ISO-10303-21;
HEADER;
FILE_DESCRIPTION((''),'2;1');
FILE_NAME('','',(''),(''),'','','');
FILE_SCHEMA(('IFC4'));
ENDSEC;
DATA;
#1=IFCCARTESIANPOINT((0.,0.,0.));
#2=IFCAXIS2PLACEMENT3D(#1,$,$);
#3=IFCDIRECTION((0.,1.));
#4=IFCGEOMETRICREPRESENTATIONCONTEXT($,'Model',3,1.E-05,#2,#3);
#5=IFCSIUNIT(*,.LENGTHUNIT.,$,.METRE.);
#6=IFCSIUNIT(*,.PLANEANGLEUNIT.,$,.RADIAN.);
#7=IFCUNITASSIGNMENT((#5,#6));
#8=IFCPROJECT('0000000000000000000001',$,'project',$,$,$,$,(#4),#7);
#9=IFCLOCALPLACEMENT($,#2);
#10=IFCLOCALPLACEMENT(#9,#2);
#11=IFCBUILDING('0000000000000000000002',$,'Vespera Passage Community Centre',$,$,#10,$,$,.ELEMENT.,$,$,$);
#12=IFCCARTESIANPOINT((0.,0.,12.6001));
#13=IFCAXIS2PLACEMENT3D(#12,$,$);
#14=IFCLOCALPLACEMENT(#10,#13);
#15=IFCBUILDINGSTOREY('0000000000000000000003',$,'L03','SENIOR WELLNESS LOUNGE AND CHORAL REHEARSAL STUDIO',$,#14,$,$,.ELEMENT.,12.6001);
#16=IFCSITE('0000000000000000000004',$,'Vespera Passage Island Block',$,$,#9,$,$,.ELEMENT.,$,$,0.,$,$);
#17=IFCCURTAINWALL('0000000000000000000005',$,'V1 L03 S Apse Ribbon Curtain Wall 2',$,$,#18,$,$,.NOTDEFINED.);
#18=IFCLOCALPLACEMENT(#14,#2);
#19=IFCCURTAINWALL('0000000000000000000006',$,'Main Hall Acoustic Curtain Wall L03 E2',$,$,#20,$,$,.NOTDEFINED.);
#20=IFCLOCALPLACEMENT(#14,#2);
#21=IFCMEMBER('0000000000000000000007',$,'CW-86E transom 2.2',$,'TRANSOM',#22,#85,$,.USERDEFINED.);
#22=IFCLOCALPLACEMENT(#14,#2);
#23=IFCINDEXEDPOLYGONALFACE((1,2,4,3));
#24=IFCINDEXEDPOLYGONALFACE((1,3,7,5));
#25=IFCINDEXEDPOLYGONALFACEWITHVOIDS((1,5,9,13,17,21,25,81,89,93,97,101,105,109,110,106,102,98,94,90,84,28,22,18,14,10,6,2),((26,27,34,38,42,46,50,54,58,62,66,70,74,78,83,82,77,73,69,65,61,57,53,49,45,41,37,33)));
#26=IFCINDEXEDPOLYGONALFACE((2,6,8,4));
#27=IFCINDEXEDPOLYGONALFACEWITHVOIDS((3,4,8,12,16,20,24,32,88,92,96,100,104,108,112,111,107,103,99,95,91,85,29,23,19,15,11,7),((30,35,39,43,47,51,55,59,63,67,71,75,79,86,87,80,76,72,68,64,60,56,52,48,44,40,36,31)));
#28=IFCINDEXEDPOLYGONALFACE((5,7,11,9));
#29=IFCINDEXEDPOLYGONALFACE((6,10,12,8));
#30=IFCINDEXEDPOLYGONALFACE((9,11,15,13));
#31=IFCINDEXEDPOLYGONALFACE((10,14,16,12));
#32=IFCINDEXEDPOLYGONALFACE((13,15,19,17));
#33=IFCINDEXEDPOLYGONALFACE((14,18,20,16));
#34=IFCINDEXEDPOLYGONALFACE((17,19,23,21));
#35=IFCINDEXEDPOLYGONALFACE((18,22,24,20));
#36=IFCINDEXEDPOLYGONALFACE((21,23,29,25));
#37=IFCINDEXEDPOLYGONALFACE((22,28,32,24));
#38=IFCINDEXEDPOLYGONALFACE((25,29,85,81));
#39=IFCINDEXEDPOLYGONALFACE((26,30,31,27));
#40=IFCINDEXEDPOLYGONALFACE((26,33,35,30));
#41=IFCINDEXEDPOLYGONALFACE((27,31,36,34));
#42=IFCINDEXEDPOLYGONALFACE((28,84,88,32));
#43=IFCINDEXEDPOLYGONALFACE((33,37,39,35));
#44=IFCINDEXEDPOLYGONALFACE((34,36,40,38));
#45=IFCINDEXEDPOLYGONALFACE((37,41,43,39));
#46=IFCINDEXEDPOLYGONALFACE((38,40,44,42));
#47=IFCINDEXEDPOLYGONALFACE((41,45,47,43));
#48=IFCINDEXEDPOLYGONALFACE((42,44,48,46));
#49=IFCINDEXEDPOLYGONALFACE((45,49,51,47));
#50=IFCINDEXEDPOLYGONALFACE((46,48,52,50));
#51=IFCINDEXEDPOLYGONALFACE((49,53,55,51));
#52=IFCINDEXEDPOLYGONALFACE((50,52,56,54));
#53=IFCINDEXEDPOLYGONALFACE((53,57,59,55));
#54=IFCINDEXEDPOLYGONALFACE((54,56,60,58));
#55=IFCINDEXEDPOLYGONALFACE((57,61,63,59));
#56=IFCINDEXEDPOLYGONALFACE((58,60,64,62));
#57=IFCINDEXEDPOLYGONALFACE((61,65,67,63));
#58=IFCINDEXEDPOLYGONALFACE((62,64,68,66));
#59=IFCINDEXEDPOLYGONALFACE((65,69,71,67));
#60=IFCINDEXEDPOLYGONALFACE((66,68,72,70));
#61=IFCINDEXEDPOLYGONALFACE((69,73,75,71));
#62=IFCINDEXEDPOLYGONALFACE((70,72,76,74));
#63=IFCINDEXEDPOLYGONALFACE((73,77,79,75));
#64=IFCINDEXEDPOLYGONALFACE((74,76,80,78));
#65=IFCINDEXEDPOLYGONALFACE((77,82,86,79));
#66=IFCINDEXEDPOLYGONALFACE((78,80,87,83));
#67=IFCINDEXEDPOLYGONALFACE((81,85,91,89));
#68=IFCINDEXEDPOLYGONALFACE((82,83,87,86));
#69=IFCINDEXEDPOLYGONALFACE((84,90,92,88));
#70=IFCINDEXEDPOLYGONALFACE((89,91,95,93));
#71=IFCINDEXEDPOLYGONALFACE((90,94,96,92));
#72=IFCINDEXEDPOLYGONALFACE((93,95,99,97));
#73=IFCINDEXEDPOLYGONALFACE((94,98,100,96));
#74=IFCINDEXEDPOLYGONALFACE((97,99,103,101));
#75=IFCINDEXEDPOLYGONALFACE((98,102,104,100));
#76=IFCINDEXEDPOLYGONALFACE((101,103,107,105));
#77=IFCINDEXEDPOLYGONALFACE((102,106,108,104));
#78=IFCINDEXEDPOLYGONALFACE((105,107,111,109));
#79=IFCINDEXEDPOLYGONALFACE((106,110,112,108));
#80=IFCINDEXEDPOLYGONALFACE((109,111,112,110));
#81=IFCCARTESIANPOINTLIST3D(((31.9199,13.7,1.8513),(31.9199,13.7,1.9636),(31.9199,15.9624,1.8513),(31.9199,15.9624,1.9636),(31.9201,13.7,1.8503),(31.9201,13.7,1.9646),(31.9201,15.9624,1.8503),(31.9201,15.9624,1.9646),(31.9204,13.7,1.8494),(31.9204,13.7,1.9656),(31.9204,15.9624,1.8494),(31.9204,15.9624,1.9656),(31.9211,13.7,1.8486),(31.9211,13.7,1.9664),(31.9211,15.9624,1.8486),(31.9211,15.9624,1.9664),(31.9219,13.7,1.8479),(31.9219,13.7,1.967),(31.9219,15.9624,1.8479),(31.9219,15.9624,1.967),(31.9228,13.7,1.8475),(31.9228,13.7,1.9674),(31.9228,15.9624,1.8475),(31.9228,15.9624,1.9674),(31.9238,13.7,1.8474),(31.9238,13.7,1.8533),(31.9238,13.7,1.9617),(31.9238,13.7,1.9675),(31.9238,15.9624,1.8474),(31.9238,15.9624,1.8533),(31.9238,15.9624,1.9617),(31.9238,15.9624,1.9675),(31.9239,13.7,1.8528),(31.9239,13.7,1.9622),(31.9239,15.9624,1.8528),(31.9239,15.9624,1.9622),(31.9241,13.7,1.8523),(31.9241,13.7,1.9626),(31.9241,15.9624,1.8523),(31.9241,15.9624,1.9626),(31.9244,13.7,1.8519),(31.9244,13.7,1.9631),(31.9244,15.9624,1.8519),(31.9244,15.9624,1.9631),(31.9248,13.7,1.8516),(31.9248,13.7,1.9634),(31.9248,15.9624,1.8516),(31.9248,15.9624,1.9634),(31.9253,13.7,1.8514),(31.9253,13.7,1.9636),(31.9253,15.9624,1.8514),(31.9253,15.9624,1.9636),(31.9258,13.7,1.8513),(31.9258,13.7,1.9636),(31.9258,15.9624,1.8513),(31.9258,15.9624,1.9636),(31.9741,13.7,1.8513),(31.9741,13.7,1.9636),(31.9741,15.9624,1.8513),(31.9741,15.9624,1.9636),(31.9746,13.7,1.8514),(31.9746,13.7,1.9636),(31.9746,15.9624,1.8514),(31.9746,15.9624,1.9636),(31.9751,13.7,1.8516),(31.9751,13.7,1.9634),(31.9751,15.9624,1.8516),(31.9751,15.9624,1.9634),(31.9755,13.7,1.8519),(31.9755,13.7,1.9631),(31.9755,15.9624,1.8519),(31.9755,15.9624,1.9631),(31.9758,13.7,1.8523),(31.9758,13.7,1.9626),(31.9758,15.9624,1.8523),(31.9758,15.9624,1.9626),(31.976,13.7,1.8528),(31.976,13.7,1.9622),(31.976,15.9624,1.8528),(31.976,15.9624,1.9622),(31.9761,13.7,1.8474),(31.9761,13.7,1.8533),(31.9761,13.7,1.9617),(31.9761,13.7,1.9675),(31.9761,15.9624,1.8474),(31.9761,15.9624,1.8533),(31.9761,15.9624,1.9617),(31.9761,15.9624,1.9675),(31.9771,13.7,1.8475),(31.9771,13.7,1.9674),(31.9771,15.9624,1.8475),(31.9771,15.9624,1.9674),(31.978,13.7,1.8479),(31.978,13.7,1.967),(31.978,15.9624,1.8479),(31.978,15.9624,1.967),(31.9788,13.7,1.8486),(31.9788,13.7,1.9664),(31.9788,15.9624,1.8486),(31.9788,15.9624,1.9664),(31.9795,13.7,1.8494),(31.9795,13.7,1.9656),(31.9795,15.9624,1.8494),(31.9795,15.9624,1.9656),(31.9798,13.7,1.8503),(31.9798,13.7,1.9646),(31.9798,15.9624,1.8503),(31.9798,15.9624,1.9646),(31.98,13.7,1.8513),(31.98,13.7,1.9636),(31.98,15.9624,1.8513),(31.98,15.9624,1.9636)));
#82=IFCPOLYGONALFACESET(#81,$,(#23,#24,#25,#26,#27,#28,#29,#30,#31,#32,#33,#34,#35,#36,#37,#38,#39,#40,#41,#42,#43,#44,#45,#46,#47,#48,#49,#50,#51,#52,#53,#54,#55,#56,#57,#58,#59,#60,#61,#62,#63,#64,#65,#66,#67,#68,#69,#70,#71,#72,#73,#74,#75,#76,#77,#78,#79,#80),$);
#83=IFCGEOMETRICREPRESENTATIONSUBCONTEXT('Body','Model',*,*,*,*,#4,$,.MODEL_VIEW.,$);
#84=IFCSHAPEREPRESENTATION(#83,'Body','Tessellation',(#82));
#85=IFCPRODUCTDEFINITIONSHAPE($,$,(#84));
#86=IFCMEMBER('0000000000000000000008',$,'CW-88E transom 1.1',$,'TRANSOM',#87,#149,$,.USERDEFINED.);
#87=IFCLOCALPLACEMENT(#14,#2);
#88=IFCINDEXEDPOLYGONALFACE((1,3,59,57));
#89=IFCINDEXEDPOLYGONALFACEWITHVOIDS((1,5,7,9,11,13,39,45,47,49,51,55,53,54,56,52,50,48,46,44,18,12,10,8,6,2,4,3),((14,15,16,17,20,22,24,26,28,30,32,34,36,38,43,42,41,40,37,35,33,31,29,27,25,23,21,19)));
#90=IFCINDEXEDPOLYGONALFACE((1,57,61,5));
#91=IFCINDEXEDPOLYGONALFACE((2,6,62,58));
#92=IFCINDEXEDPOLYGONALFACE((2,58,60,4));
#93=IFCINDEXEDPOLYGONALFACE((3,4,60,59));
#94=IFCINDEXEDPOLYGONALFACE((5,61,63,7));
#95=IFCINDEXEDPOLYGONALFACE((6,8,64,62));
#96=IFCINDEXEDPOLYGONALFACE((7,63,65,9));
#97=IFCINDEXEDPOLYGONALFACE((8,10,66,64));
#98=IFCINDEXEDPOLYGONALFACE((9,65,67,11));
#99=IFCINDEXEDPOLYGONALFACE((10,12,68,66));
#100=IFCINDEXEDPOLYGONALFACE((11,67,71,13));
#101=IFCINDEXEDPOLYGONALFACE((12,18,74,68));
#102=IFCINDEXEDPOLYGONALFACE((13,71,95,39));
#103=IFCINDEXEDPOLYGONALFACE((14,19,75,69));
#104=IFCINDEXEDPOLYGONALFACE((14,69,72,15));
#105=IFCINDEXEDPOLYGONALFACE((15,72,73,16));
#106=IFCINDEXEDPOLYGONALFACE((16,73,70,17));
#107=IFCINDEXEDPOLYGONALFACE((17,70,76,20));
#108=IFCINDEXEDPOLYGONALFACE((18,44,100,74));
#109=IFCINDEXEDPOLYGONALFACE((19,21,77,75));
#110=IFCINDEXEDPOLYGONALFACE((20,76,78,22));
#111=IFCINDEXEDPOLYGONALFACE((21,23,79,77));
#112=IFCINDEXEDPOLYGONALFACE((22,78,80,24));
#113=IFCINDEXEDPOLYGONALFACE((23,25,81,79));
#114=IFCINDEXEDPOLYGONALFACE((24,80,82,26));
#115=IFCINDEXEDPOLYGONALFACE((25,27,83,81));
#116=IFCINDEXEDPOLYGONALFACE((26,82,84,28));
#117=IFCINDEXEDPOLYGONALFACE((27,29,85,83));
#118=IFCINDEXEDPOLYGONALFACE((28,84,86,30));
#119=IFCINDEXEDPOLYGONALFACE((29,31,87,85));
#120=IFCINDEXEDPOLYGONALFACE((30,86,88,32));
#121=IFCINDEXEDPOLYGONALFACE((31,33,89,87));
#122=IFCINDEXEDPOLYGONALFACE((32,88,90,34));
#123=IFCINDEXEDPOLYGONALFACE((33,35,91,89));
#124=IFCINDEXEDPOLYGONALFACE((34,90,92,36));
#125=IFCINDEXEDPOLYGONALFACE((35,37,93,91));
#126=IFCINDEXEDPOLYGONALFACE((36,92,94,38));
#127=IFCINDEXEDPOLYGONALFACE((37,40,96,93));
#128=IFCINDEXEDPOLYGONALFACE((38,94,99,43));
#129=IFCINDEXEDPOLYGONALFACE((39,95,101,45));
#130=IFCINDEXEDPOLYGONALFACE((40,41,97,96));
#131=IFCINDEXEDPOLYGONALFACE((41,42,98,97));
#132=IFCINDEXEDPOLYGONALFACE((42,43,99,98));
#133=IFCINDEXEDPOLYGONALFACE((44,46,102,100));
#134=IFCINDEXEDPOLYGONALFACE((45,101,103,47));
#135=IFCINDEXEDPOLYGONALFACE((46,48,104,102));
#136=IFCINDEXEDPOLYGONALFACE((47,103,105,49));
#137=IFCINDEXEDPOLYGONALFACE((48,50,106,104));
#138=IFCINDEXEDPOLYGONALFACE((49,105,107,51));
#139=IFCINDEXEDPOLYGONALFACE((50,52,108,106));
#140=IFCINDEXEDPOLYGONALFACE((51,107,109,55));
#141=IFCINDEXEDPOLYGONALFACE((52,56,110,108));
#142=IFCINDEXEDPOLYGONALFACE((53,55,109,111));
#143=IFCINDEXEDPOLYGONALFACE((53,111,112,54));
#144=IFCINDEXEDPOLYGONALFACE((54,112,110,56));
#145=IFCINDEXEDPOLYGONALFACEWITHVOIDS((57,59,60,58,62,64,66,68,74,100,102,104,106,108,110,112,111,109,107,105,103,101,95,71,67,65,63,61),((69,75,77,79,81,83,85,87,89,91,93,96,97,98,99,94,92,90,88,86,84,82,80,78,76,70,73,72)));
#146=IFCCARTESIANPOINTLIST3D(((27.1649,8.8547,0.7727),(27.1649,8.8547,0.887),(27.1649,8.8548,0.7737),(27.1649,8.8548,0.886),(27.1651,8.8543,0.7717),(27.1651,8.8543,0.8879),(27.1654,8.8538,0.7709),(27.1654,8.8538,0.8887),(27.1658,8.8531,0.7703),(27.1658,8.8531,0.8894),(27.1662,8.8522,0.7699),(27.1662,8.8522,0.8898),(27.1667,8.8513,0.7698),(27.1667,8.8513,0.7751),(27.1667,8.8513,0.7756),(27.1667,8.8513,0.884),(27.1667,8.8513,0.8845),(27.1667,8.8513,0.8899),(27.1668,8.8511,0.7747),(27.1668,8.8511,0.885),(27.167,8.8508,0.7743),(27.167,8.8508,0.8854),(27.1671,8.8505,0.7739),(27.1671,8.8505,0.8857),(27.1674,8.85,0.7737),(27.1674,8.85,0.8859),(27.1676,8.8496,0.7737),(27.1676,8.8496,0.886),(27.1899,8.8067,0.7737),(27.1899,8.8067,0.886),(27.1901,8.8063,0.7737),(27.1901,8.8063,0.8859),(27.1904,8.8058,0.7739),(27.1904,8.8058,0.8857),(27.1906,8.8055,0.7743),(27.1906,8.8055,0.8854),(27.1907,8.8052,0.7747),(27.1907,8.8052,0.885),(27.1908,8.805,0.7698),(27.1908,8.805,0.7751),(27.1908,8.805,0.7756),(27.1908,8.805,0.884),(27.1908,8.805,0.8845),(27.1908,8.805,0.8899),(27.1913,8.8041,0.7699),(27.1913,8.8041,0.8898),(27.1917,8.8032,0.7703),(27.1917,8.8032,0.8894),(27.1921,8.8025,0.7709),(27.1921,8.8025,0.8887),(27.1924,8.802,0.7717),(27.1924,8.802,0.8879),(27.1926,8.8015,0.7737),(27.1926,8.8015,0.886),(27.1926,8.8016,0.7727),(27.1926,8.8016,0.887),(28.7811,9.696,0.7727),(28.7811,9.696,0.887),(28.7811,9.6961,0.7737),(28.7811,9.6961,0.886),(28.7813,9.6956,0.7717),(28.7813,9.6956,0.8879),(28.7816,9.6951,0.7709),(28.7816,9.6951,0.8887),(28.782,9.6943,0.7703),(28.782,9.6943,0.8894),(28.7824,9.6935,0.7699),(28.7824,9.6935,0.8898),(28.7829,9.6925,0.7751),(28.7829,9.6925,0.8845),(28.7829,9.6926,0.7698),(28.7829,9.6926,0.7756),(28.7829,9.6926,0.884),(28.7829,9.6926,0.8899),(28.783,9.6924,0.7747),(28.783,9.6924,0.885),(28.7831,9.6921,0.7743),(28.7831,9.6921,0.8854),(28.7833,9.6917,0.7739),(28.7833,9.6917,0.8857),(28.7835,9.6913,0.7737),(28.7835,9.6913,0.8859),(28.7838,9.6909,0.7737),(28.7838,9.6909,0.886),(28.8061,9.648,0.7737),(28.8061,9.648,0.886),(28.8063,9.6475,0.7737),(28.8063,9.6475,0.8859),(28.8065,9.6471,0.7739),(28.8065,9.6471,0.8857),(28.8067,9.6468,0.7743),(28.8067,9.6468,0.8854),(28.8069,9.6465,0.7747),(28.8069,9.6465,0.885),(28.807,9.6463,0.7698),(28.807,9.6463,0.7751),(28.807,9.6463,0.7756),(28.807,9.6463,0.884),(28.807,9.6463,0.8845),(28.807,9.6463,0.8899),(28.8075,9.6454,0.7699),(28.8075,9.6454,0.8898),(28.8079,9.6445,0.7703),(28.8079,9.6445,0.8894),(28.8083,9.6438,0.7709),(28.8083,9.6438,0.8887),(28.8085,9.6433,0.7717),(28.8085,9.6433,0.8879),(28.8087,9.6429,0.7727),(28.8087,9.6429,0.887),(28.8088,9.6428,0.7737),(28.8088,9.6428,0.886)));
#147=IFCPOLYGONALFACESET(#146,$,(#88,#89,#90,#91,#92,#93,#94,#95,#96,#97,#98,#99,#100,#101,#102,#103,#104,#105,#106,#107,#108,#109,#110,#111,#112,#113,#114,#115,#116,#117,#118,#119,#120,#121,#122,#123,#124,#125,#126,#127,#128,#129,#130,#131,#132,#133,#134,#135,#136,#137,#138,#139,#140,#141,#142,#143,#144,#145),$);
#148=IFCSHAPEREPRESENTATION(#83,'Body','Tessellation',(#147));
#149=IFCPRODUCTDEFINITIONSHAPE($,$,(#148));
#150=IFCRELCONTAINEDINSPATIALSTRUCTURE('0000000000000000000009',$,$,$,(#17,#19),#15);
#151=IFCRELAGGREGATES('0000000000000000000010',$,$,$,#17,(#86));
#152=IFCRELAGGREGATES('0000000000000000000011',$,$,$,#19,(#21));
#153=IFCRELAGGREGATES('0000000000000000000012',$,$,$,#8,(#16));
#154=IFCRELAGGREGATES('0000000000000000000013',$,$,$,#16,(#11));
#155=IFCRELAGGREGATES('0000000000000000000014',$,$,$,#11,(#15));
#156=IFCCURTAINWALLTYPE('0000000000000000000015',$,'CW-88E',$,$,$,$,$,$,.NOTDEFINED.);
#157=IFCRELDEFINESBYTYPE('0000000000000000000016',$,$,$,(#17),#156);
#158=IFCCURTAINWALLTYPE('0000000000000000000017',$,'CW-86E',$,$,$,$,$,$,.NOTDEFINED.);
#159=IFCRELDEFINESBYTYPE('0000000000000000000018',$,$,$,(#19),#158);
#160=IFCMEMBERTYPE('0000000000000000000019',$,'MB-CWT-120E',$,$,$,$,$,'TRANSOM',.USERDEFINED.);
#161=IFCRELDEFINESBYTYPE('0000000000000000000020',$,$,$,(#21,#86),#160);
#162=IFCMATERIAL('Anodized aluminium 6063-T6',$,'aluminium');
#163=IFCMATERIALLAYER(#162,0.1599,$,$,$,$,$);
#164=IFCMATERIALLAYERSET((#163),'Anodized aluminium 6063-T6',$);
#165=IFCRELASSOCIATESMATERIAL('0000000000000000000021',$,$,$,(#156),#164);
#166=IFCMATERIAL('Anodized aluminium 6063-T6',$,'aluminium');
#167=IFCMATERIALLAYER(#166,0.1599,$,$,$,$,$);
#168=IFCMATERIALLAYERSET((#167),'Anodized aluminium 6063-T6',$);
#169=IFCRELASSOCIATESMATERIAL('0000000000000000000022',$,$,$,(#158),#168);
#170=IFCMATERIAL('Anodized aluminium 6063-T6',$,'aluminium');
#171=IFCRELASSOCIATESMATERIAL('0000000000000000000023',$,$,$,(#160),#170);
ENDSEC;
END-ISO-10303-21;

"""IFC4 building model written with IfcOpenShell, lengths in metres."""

from ifc_helpers import new_model, si_unit, direction, frame, origin, origin_2d, place, context, subcontext, project, spatial, hollow_rectangle, extrude, material, layer, layer_set, material_profile, profile_set, type_object, element, aggregate, save


model = new_model("IFC4")

# Units and contexts
model_context = context("Model", 3, precision=1e-05, world=origin(), true_north=direction((0.0, 1.0)))
body_context = subcontext(model_context, "Body", "Model", "MODEL_VIEW")
ifc_project = project(units=[si_unit("LENGTHUNIT", "METRE"), si_unit("PLANEANGLEUNIT", "RADIAN")], contexts=[model_context])

# Site, building, storey
site_placement = place(None, origin())
site = spatial("IfcSite", under=ifc_project, at=site_placement, Name="Vespera Passage Island Block", CompositionType="ELEMENT", RefElevation=0.0)
building_placement = place(site_placement, origin())
building = spatial("IfcBuilding", under=site, at=building_placement, Name="Vespera Passage Community Centre", CompositionType="ELEMENT")
storey_placement = place(building_placement, frame((0.0, 0.0, 12.6001)))
storey = spatial("IfcBuildingStorey", under=building, at=storey_placement, Name="L03", Description="SENIOR WELLNESS LOUNGE AND CHORAL REHEARSAL STUDIO", CompositionType="ELEMENT", Elevation=12.6001)

# Curtain wall
ifc_material_1 = material(Name="Anodized aluminium 6063-T6", Category="aluminium")
ifc_layer_1 = layer(ifc_material_1, 0.1599)
ifc_layer_set_1 = layer_set([ifc_layer_1], Name="Anodized aluminium 6063-T6")
curtain_wall_type_1 = type_object("IfcCurtainWallType", Name="CW-88E", PredefinedType="NOTDEFINED", material=ifc_layer_set_1)
curtain_wall_1_placement = place(storey_placement, origin())
curtain_wall_1 = element("IfcCurtainWall", 1, at=curtain_wall_1_placement, inside=storey, type_object=curtain_wall_type_1, Name="V1 L03 S Apse Ribbon Curtain Wall 2", PredefinedType="NOTDEFINED")

# Curtain wall, member
ifc_material_2 = material(Name="Anodized aluminium 6063-T6", Category="aluminium")
ifc_layer_2 = layer(ifc_material_2, 0.1599)
ifc_layer_set_2 = layer_set([ifc_layer_2], Name="Anodized aluminium 6063-T6")
curtain_wall_type_2 = type_object("IfcCurtainWallType", Name="CW-86E", PredefinedType="NOTDEFINED", material=ifc_layer_set_2)
curtain_wall_2_placement = place(storey_placement, origin())
curtain_wall_2 = element("IfcCurtainWall", 2, at=curtain_wall_2_placement, inside=storey, type_object=curtain_wall_type_2, Name="Main Hall Acoustic Curtain Wall L03 E2", PredefinedType="NOTDEFINED")
ifc_material_3 = material(Name="Anodized aluminium 6063-T6", Category="aluminium")
ifc_material_profile_1 = material_profile(ifc_material_3, hollow_rectangle(XDim=0.0601, YDim=0.1201, WallThickness=0.0039, InnerFilletRadius=0.002, OuterFilletRadius=0.0039, at=origin_2d()), Name="ALU120X60X4")
ifc_profile_set_1 = profile_set([ifc_material_profile_1], Name="Anodized aluminium 6063-T6")
member_type_1 = type_object("IfcMemberType", Name="MB-CWT-120E", ElementType="TRANSOM", PredefinedType="USERDEFINED", material=ifc_profile_set_1)
member_1_placement = place(storey_placement, frame((31.95, 15.9624, 1.9075), z_axis=(0.0, -1.0, 0.0), x_axis=(1.0, 0.0, 0.0)))
member_1 = element("IfcMember", 3, at=member_1_placement, type_object=member_type_1, Name="CW-86E transom 2.2", ObjectType="TRANSOM", PredefinedType="USERDEFINED", context=body_context, shape_type="SweptSolid", body=[
    extrude(hollow_rectangle(XDim=0.0601, YDim=0.1201, WallThickness=0.0039, InnerFilletRadius=0.002, OuterFilletRadius=0.0039, at=origin_2d()), origin(), (0.0, 0.0, 1.0), 2.2625),
])

# Member
member_2_placement = place(storey_placement, frame((28.7949, 9.6694, 0.8298), z_axis=(-0.887019, -0.461732, 0.0), x_axis=(0.461732, -0.887019, 0.0)))
member_2 = element("IfcMember", 4, at=member_2_placement, type_object=member_type_1, Name="CW-88E transom 1.1", ObjectType="TRANSOM", PredefinedType="USERDEFINED", context=body_context, shape_type="SweptSolid", body=[
    extrude(hollow_rectangle(XDim=0.0601, YDim=0.1201, WallThickness=0.0039, InnerFilletRadius=0.002, OuterFilletRadius=0.0039, at=origin_2d()), origin(), (0.0, 0.0, 1.0), 1.822),
])

aggregate(curtain_wall_1, [member_2])
aggregate(curtain_wall_2, [member_1])

save(model, "model.ifc")
